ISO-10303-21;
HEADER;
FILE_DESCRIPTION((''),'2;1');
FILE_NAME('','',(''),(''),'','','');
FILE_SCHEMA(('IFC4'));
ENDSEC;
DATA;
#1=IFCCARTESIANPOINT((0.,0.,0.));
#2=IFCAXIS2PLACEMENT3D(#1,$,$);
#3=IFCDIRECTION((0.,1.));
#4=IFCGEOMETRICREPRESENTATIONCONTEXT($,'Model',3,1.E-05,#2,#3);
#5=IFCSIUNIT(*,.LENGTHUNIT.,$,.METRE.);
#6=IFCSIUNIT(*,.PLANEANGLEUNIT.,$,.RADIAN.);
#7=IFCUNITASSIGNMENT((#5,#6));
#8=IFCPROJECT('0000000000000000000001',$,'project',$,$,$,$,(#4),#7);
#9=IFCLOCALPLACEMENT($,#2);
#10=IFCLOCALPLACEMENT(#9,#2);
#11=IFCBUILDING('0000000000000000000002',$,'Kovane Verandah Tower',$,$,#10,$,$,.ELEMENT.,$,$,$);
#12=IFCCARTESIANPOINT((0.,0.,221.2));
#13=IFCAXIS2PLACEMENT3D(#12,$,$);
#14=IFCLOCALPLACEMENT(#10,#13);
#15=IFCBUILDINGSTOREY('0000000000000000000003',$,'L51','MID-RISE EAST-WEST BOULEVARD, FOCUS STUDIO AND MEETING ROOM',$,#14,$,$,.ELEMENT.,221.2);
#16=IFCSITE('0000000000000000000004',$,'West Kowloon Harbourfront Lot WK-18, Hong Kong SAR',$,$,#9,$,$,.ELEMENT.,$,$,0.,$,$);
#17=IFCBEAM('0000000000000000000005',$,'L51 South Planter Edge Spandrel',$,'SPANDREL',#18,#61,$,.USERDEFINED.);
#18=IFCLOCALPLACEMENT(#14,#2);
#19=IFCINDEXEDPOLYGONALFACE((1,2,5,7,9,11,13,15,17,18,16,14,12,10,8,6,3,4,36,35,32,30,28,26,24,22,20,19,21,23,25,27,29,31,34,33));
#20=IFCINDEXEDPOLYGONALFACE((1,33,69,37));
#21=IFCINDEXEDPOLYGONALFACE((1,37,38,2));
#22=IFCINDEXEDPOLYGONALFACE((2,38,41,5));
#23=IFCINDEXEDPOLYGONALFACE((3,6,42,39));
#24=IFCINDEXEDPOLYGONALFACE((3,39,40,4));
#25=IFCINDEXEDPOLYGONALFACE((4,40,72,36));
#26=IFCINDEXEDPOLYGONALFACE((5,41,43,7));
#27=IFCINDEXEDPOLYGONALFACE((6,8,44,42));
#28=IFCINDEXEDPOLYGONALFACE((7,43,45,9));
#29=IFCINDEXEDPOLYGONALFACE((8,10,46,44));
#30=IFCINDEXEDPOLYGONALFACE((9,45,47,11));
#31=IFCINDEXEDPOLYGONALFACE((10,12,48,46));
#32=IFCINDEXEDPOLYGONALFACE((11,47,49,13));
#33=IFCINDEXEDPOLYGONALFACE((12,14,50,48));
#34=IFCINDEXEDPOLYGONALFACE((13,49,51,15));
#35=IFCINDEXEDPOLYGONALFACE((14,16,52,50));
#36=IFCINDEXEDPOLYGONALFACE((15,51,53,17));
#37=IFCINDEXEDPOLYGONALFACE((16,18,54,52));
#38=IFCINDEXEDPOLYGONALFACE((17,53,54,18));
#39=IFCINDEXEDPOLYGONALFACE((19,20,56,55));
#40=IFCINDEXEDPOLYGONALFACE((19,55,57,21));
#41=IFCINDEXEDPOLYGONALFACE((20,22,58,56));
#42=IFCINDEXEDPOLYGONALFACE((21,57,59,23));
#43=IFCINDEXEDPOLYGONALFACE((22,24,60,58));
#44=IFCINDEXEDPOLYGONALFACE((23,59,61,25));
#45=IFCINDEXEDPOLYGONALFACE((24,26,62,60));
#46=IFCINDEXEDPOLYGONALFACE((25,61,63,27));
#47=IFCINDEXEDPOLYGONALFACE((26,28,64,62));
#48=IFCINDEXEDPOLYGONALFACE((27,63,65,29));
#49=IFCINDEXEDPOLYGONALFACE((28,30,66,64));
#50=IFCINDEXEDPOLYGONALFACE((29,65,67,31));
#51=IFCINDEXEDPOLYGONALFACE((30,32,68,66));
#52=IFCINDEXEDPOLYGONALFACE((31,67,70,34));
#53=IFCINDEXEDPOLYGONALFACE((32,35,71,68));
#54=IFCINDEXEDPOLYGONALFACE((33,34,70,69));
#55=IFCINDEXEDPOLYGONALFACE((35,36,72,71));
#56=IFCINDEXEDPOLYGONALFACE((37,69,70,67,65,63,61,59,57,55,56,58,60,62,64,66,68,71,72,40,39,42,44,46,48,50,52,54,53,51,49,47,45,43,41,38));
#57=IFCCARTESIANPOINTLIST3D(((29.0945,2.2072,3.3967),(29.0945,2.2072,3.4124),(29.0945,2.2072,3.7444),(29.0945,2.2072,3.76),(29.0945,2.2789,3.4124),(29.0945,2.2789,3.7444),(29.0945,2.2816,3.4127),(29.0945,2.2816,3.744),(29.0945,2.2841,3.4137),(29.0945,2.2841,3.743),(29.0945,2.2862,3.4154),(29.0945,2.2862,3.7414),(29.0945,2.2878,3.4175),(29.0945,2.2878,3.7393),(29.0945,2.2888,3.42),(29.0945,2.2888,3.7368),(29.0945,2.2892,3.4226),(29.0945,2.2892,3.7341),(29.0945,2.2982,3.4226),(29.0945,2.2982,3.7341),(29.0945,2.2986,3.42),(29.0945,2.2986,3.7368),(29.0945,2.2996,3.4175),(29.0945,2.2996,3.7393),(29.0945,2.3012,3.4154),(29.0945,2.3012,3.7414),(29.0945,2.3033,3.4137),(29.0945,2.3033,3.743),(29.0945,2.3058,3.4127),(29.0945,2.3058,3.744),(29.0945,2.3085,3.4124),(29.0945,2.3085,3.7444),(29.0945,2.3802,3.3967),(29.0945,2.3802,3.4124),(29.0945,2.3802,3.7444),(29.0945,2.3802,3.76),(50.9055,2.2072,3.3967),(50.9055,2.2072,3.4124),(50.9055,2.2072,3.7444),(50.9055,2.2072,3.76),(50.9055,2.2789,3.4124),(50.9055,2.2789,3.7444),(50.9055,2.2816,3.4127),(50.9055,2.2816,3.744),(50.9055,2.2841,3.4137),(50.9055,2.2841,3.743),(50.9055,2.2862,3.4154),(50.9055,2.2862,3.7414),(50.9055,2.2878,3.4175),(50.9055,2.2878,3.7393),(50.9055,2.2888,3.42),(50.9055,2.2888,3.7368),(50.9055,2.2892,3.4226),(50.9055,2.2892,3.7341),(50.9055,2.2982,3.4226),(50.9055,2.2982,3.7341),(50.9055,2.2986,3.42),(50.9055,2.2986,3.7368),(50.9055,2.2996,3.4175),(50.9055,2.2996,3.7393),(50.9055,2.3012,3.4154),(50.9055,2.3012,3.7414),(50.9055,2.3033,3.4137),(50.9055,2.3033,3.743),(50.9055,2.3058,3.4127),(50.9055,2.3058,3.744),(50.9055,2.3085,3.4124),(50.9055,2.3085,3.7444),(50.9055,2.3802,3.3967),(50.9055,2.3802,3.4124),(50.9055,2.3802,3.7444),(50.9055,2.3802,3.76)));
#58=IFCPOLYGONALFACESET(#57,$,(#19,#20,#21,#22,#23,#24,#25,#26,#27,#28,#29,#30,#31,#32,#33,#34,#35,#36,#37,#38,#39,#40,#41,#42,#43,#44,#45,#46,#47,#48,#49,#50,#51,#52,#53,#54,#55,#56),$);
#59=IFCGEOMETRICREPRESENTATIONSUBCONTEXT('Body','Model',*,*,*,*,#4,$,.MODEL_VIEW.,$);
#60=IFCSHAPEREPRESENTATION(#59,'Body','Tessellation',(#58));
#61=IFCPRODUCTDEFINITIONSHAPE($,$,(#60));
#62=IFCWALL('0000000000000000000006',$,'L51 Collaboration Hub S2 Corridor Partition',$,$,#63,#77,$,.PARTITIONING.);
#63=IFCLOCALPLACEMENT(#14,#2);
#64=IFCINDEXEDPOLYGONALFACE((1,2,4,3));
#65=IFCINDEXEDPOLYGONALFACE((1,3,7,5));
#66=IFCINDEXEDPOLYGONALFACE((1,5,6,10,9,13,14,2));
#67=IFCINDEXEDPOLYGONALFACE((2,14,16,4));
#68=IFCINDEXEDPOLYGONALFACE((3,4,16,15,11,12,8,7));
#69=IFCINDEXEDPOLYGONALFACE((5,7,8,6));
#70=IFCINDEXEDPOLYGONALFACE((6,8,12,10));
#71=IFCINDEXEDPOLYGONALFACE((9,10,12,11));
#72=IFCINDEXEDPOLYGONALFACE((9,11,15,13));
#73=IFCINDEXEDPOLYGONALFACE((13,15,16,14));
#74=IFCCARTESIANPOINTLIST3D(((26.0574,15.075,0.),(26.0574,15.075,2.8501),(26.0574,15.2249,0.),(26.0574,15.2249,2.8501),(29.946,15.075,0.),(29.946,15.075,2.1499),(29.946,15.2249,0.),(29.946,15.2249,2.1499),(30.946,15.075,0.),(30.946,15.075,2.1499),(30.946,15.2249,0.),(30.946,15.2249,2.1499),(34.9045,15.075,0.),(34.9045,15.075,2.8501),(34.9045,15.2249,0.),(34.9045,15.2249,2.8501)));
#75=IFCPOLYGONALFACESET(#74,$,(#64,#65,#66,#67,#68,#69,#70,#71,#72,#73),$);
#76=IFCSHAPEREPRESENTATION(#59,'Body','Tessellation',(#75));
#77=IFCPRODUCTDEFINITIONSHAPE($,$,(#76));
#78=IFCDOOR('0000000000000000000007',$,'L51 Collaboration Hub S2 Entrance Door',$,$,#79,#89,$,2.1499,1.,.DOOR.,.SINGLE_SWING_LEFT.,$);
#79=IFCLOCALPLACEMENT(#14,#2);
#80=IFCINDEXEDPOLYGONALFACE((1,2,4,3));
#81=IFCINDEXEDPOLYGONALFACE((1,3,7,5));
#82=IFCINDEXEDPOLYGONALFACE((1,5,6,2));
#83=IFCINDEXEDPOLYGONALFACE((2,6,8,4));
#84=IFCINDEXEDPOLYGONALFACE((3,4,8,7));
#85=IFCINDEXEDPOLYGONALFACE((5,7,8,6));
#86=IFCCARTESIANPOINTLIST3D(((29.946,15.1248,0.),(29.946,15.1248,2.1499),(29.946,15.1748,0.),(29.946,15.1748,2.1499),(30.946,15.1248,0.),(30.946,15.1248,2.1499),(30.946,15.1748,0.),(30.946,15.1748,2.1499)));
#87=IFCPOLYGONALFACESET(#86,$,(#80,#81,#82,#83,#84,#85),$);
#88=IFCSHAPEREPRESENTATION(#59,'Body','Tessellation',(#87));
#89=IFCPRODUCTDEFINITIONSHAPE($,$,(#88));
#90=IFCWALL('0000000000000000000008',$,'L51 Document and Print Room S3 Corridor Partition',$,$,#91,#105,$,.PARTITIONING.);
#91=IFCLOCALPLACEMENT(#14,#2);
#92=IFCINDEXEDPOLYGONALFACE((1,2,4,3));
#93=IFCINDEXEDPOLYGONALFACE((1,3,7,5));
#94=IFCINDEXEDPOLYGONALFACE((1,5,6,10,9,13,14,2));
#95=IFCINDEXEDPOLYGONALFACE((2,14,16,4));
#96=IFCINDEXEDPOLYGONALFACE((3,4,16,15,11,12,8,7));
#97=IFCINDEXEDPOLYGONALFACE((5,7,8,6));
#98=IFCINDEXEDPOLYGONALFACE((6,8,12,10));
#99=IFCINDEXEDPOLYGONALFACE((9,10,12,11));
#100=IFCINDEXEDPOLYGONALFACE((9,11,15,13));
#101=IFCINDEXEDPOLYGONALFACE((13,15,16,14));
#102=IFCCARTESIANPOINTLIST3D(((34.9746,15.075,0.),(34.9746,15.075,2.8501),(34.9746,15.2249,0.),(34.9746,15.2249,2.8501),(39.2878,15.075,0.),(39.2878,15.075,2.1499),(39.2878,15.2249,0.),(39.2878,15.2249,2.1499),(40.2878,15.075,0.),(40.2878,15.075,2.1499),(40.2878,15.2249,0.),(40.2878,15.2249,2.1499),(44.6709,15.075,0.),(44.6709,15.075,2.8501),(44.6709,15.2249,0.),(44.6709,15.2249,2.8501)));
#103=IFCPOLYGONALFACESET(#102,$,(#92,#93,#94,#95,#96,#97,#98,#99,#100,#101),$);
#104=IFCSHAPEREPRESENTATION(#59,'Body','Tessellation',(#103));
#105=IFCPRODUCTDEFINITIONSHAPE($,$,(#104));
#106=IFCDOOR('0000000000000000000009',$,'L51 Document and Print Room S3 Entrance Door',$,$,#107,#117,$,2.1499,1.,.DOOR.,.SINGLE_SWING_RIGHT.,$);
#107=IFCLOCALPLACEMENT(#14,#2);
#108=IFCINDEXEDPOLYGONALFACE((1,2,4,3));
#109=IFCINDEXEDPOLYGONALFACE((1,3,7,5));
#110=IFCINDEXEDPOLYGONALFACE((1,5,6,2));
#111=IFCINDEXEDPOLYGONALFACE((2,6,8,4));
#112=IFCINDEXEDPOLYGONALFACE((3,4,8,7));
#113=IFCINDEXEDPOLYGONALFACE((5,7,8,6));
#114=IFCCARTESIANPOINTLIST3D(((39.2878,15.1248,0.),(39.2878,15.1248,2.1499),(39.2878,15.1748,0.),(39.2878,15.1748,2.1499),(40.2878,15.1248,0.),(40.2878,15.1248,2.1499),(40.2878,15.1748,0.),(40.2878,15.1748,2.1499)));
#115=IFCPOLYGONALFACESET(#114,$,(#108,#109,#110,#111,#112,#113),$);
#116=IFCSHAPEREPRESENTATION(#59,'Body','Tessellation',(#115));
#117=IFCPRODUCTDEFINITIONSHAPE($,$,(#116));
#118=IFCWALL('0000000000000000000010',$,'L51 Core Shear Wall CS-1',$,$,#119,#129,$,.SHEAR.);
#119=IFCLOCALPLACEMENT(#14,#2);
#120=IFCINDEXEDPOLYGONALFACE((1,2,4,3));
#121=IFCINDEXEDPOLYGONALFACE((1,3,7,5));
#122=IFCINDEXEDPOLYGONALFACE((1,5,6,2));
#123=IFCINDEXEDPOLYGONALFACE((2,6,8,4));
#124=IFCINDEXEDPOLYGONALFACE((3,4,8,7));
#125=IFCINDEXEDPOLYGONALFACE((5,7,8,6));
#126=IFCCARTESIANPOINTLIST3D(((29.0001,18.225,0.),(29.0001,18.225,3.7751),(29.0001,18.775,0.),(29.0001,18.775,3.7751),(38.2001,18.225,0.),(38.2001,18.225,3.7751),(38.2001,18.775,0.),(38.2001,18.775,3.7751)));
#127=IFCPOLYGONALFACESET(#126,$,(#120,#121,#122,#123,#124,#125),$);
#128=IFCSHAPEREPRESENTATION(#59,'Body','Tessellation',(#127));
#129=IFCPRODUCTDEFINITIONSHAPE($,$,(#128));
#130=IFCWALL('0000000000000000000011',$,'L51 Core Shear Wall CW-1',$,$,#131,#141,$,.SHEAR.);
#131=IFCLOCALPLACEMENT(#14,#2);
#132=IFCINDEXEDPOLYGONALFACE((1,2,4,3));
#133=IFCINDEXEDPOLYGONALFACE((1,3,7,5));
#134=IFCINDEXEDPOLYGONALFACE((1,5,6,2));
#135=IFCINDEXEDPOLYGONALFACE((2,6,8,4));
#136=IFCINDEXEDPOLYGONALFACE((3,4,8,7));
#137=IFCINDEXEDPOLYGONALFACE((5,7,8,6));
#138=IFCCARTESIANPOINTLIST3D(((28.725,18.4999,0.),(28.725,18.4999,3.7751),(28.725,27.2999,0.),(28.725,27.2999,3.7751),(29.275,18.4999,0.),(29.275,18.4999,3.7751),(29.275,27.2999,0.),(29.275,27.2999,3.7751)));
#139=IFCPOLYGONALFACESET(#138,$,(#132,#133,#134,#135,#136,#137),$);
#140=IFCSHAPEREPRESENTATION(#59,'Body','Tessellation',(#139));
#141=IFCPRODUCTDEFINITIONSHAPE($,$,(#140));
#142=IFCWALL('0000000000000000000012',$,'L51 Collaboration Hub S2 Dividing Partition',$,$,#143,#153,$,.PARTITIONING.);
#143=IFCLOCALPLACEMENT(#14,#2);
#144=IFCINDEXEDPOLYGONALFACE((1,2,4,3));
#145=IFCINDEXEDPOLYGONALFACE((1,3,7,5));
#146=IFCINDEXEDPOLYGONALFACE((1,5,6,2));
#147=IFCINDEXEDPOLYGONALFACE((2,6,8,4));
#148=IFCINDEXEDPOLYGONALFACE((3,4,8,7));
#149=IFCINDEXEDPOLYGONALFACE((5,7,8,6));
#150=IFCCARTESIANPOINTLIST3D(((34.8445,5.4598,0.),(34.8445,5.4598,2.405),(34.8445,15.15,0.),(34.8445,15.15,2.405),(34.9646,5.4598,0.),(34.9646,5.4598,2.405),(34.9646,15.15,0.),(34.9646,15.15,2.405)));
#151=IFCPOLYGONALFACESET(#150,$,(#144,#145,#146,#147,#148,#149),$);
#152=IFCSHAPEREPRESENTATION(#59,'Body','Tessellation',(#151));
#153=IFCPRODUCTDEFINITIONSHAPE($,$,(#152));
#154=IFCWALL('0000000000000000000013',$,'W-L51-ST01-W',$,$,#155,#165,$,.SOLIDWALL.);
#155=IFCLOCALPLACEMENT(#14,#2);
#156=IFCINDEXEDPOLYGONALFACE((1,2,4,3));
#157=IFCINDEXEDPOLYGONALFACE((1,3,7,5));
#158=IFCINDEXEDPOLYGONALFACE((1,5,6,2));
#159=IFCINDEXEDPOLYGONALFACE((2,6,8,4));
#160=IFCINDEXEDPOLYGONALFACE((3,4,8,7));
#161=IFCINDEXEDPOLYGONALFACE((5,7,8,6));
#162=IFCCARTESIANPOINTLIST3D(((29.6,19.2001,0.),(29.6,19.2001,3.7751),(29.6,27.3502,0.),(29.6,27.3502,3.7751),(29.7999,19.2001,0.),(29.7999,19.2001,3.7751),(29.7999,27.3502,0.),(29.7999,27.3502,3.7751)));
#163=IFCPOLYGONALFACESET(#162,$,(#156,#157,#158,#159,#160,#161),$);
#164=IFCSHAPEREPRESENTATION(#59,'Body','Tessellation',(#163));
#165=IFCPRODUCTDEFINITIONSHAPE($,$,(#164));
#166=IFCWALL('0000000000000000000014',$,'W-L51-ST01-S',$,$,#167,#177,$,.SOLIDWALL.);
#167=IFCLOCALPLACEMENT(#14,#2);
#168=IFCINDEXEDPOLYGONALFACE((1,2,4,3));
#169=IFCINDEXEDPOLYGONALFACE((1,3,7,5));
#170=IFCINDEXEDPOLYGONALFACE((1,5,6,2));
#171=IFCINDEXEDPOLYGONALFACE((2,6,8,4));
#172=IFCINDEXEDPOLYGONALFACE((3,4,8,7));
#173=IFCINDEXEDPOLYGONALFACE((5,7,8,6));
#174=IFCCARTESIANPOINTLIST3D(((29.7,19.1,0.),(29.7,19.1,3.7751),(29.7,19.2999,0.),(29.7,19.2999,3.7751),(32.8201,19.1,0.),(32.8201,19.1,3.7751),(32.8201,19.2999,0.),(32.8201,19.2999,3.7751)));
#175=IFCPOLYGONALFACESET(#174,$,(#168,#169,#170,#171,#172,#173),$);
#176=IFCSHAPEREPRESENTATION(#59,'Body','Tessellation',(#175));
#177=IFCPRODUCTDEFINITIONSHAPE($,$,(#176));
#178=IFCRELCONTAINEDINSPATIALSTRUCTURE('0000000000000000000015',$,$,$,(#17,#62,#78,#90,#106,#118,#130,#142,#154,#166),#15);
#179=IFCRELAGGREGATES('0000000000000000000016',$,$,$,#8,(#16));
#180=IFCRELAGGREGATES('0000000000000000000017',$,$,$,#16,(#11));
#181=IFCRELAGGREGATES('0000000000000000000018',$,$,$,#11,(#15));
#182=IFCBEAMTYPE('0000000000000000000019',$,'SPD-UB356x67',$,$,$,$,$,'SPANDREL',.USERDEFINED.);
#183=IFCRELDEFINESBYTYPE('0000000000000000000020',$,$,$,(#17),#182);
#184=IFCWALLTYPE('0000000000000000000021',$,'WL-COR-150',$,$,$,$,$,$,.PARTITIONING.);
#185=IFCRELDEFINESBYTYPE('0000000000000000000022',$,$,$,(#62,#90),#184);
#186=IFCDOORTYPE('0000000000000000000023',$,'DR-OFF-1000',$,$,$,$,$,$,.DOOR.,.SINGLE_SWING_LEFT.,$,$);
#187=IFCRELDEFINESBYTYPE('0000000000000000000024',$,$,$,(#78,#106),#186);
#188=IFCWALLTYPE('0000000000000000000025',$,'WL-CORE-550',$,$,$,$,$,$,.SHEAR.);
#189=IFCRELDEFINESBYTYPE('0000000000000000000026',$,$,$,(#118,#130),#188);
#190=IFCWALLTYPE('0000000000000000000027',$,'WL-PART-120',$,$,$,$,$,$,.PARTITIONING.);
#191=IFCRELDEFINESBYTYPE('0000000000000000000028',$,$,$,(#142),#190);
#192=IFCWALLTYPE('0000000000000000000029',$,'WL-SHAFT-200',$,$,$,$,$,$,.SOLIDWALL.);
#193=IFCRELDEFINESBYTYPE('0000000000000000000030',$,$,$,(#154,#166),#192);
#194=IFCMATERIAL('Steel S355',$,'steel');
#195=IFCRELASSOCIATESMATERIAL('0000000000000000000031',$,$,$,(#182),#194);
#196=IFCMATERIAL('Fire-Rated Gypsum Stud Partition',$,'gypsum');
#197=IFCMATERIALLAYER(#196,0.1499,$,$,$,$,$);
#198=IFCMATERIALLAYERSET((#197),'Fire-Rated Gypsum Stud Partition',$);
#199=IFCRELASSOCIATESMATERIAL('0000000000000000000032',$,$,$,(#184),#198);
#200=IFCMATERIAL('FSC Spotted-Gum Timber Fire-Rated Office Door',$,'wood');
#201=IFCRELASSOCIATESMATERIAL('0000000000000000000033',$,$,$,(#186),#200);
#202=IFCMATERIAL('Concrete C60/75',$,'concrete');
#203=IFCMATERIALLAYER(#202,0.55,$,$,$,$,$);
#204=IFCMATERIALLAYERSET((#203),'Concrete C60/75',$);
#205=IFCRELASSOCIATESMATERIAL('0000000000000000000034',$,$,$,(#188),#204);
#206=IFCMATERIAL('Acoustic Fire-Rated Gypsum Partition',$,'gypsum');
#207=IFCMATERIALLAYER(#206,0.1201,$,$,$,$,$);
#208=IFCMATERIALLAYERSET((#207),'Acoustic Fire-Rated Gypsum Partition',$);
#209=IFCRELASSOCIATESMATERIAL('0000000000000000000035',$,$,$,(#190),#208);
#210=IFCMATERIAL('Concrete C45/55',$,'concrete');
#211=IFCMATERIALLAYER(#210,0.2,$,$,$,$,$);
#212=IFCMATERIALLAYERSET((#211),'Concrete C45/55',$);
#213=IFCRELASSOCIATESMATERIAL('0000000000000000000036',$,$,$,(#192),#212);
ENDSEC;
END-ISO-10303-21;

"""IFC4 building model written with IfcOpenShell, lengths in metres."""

from ifc_helpers import new_model, si_unit, direction, frame, frame_2d, origin, origin_2d, place, context, subcontext, project, spatial, rectangle, i_section, extrude, material, layer, layer_set, material_profile, profile_set, type_object, element, fill, save


model = new_model("IFC4")

# Units and contexts
model_context = context("Model", 3, precision=1e-05, world=origin(), true_north=direction((0.0, 1.0)))
body_context = subcontext(model_context, "Body", "Model", "MODEL_VIEW")
ifc_project = project(units=[si_unit("LENGTHUNIT", "METRE"), si_unit("PLANEANGLEUNIT", "RADIAN")], contexts=[model_context])

# Site, building, storey
site_placement = place(None, origin())
site = spatial("IfcSite", under=ifc_project, at=site_placement, Name="West Kowloon Harbourfront Lot WK-18, Hong Kong SAR", CompositionType="ELEMENT", RefElevation=0.0)
building_placement = place(site_placement, origin())
building = spatial("IfcBuilding", under=site, at=building_placement, Name="Kovane Verandah Tower", CompositionType="ELEMENT")
storey_placement = place(building_placement, frame((0.0, 0.0, 221.2)))
storey = spatial("IfcBuildingStorey", under=building, at=storey_placement, Name="L51", Description="MID-RISE EAST-WEST BOULEVARD, FOCUS STUDIO AND MEETING ROOM", CompositionType="ELEMENT", Elevation=221.2)

# Shared definitions
ifc_material_1 = material(Name="Concrete C60/75", Category="concrete")

# Beam
ifc_material_2 = material(Name="Steel S355", Category="steel")
ifc_material_profile_1 = material_profile(ifc_material_2, i_section(OverallWidth=0.1731, OverallDepth=0.3633, WebThickness=0.009, FlangeThickness=0.0156, FilletRadius=0.0103, at=origin_2d()), Name="UB356x171x67")
ifc_profile_set_1 = profile_set([ifc_material_profile_1], Name="Steel S355")
beam_type_1 = type_object("IfcBeamType", Name="SPD-UB356x67", ElementType="SPANDREL", PredefinedType="USERDEFINED", material=ifc_profile_set_1)
beam_1_placement = place(storey_placement, frame((29.0945, 2.2937, 3.5784), z_axis=(1.0, 0.0, 0.0), x_axis=(0.0, 1.0, 0.0)))
element("IfcBeam", 1, at=beam_1_placement, inside=storey, type_object=beam_type_1, Name="L51 South Planter Edge Spandrel", ObjectType="SPANDREL", PredefinedType="USERDEFINED", context=body_context, shape_type="SweptSolid", body=[
    extrude(i_section(OverallWidth=0.1731, OverallDepth=0.3633, WebThickness=0.009, FlangeThickness=0.0156, FilletRadius=0.0103, at=origin_2d()), origin(), (0.0, 0.0, 1.0), 21.811),
])

# Walls, openings, doors
ifc_material_3 = material(Name="Fire-Rated Gypsum Stud Partition", Category="gypsum")
ifc_layer_1 = layer(ifc_material_3, 0.1499)
ifc_layer_set_1 = layer_set([ifc_layer_1], Name="Fire-Rated Gypsum Stud Partition")
wall_type_1 = type_object("IfcWallType", Name="WL-COR-150", PredefinedType="PARTITIONING", material=ifc_layer_set_1)
ifc_material_4 = material(Name="FSC Spotted-Gum Timber Fire-Rated Office Door", Category="wood")
door_type = type_object("IfcDoorType", Name="DR-OFF-1000", OperationType="SINGLE_SWING_LEFT", PredefinedType="DOOR", material=ifc_material_4)
wall_1_placement = place(storey_placement, frame((26.0574, 15.1499, 0.0), z_axis=(0.0, 0.0, 1.0), x_axis=(1.0, 0.0, 0.0)))
wall_1 = element("IfcWall", 2, at=wall_1_placement, inside=storey, type_object=wall_type_1, Name="L51 Collaboration Hub S2 Corridor Partition", PredefinedType="PARTITIONING", context=body_context, shape_type="SweptSolid", body=[
    extrude(rectangle(XDim=8.8472, YDim=0.1499, at=frame_2d((4.4236, 0.0))), origin(), (0.0, 0.0, 1.0), 2.8501),
])
opening_1_placement = place(wall_1_placement, frame((3.8887, 0.0, 0.0)))
opening_1 = element("IfcOpeningElement", 3, at=opening_1_placement, cuts=wall_1, PredefinedType="OPENING", context=body_context, shape_type="SweptSolid", body=[
    extrude(rectangle(XDim=1.0, YDim=2.1499, at=frame_2d((0.5, 1.075))), frame((0.0, 0.075, 0.0), z_axis=(0.0, -1.0, 0.0), x_axis=(1.0, 0.0, 0.0)), (0.0, 0.0, 1.0), 0.1499),
])
door_1_placement = place(opening_1_placement, origin())
door_1 = element("IfcDoor", 4, at=door_1_placement, inside=storey, type_object=door_type, Name="L51 Collaboration Hub S2 Entrance Door", OperationType="SINGLE_SWING_LEFT", OverallHeight=2.1499, OverallWidth=1.0, PredefinedType="DOOR", context=body_context, shape_type="SweptSolid", body=[
    extrude(rectangle(XDim=1.0, YDim=2.1499, at=frame_2d((0.5, 1.075))), frame((0.0, 0.0249, 0.0), z_axis=(0.0, -1.0, 0.0), x_axis=(1.0, 0.0, 0.0)), (0.0, 0.0, 1.0), 0.05),
])
fill(opening_1, door_1)
wall_2_placement = place(storey_placement, frame((34.9746, 15.1499, 0.0), z_axis=(0.0, 0.0, 1.0), x_axis=(1.0, 0.0, 0.0)))
wall_2 = element("IfcWall", 5, at=wall_2_placement, inside=storey, type_object=wall_type_1, Name="L51 Document and Print Room S3 Corridor Partition", PredefinedType="PARTITIONING", context=body_context, shape_type="SweptSolid", body=[
    extrude(rectangle(XDim=9.6963, YDim=0.1499, at=frame_2d((4.8481, 0.0))), origin(), (0.0, 0.0, 1.0), 2.8501),
])
opening_2_placement = place(wall_2_placement, frame((4.3132, 0.0, 0.0)))
opening_2 = element("IfcOpeningElement", 6, at=opening_2_placement, cuts=wall_2, PredefinedType="OPENING", context=body_context, shape_type="SweptSolid", body=[
    extrude(rectangle(XDim=1.0, YDim=2.1499, at=frame_2d((0.5, 1.075))), frame((0.0, 0.075, 0.0), z_axis=(0.0, -1.0, 0.0), x_axis=(1.0, 0.0, 0.0)), (0.0, 0.0, 1.0), 0.1499),
])
door_2_placement = place(opening_2_placement, origin())
door_2 = element("IfcDoor", 7, at=door_2_placement, inside=storey, type_object=door_type, Name="L51 Document and Print Room S3 Entrance Door", OperationType="SINGLE_SWING_RIGHT", OverallHeight=2.1499, OverallWidth=1.0, PredefinedType="DOOR", context=body_context, shape_type="SweptSolid", body=[
    extrude(rectangle(XDim=1.0, YDim=2.1499, at=frame_2d((0.5, 1.075))), frame((0.0, 0.0249, 0.0), z_axis=(0.0, -1.0, 0.0), x_axis=(1.0, 0.0, 0.0)), (0.0, 0.0, 1.0), 0.05),
])
fill(opening_2, door_2)

# Walls
ifc_layer_2 = layer(ifc_material_1, 0.55)
ifc_layer_set_2 = layer_set([ifc_layer_2], Name="Concrete C60/75")
wall_type_2 = type_object("IfcWallType", Name="WL-CORE-550", PredefinedType="SHEAR", material=ifc_layer_set_2)
wall_3_placement = place(storey_placement, frame((29.0, 18.5, 0.0), z_axis=(0.0, 0.0, 1.0), x_axis=(1.0, 0.0, 0.0)))
element("IfcWall", 8, at=wall_3_placement, inside=storey, type_object=wall_type_2, Name="L51 Core Shear Wall CS-1", PredefinedType="SHEAR", context=body_context, shape_type="SweptSolid", body=[
    extrude(rectangle(XDim=9.2, YDim=0.55, at=frame_2d((4.6001, 0.0))), origin(), (0.0, 0.0, 1.0), 3.7751),
])
wall_4_placement = place(storey_placement, frame((29.0, 18.5, 0.0), z_axis=(0.0, 0.0, 1.0), x_axis=(0.0, 1.0, 0.0)))
element("IfcWall", 9, at=wall_4_placement, inside=storey, type_object=wall_type_2, Name="L51 Core Shear Wall CW-1", PredefinedType="SHEAR", context=body_context, shape_type="SweptSolid", body=[
    extrude(rectangle(XDim=8.8, YDim=0.55, at=frame_2d((4.3999, 0.0))), origin(), (0.0, 0.0, 1.0), 3.7751),
])
ifc_material_5 = material(Name="Acoustic Fire-Rated Gypsum Partition", Category="gypsum")
ifc_layer_3 = layer(ifc_material_5, 0.1201)
ifc_layer_set_3 = layer_set([ifc_layer_3], Name="Acoustic Fire-Rated Gypsum Partition")
wall_type_3 = type_object("IfcWallType", Name="WL-PART-120", PredefinedType="PARTITIONING", material=ifc_layer_set_3)
wall_5_placement = place(storey_placement, frame((34.9045, 5.4597, 0.0), z_axis=(0.0, 0.0, 1.0), x_axis=(0.0, 1.0, 0.0)))
element("IfcWall", 10, at=wall_5_placement, inside=storey, type_object=wall_type_3, Name="L51 Collaboration Hub S2 Dividing Partition", PredefinedType="PARTITIONING", context=body_context, shape_type="SweptSolid", body=[
    extrude(rectangle(XDim=9.6902, YDim=0.1201, at=frame_2d((4.8452, 0.0))), origin(), (0.0, 0.0, 1.0), 2.405),
])
ifc_material_6 = material(Name="Concrete C45/55", Category="concrete")
ifc_layer_4 = layer(ifc_material_6, 0.2)
ifc_layer_set_4 = layer_set([ifc_layer_4], Name="Concrete C45/55")
wall_type_4 = type_object("IfcWallType", Name="WL-SHAFT-200", PredefinedType="SOLIDWALL", material=ifc_layer_set_4)
wall_6_placement = place(storey_placement, frame((29.7, 19.2, 0.0), z_axis=(0.0, 0.0, 1.0), x_axis=(0.0, 1.0, 0.0)))
element("IfcWall", 11, at=wall_6_placement, inside=storey, type_object=wall_type_4, Name="W-L51-ST01-W", PredefinedType="SOLIDWALL", context=body_context, shape_type="SweptSolid", body=[
    extrude(rectangle(XDim=8.1501, YDim=0.2, at=frame_2d((4.0752, 0.0))), origin(), (0.0, 0.0, 1.0), 3.7751),
])
wall_7_placement = place(storey_placement, frame((29.7, 19.2, 0.0), z_axis=(0.0, 0.0, 1.0), x_axis=(1.0, 0.0, 0.0)))
element("IfcWall", 12, at=wall_7_placement, inside=storey, type_object=wall_type_4, Name="W-L51-ST01-S", PredefinedType="SOLIDWALL", context=body_context, shape_type="SweptSolid", body=[
    extrude(rectangle(XDim=3.1201, YDim=0.2, at=frame_2d((1.5601, 0.0))), origin(), (0.0, 0.0, 1.0), 3.7751),
])

save(model, "model.ifc")
